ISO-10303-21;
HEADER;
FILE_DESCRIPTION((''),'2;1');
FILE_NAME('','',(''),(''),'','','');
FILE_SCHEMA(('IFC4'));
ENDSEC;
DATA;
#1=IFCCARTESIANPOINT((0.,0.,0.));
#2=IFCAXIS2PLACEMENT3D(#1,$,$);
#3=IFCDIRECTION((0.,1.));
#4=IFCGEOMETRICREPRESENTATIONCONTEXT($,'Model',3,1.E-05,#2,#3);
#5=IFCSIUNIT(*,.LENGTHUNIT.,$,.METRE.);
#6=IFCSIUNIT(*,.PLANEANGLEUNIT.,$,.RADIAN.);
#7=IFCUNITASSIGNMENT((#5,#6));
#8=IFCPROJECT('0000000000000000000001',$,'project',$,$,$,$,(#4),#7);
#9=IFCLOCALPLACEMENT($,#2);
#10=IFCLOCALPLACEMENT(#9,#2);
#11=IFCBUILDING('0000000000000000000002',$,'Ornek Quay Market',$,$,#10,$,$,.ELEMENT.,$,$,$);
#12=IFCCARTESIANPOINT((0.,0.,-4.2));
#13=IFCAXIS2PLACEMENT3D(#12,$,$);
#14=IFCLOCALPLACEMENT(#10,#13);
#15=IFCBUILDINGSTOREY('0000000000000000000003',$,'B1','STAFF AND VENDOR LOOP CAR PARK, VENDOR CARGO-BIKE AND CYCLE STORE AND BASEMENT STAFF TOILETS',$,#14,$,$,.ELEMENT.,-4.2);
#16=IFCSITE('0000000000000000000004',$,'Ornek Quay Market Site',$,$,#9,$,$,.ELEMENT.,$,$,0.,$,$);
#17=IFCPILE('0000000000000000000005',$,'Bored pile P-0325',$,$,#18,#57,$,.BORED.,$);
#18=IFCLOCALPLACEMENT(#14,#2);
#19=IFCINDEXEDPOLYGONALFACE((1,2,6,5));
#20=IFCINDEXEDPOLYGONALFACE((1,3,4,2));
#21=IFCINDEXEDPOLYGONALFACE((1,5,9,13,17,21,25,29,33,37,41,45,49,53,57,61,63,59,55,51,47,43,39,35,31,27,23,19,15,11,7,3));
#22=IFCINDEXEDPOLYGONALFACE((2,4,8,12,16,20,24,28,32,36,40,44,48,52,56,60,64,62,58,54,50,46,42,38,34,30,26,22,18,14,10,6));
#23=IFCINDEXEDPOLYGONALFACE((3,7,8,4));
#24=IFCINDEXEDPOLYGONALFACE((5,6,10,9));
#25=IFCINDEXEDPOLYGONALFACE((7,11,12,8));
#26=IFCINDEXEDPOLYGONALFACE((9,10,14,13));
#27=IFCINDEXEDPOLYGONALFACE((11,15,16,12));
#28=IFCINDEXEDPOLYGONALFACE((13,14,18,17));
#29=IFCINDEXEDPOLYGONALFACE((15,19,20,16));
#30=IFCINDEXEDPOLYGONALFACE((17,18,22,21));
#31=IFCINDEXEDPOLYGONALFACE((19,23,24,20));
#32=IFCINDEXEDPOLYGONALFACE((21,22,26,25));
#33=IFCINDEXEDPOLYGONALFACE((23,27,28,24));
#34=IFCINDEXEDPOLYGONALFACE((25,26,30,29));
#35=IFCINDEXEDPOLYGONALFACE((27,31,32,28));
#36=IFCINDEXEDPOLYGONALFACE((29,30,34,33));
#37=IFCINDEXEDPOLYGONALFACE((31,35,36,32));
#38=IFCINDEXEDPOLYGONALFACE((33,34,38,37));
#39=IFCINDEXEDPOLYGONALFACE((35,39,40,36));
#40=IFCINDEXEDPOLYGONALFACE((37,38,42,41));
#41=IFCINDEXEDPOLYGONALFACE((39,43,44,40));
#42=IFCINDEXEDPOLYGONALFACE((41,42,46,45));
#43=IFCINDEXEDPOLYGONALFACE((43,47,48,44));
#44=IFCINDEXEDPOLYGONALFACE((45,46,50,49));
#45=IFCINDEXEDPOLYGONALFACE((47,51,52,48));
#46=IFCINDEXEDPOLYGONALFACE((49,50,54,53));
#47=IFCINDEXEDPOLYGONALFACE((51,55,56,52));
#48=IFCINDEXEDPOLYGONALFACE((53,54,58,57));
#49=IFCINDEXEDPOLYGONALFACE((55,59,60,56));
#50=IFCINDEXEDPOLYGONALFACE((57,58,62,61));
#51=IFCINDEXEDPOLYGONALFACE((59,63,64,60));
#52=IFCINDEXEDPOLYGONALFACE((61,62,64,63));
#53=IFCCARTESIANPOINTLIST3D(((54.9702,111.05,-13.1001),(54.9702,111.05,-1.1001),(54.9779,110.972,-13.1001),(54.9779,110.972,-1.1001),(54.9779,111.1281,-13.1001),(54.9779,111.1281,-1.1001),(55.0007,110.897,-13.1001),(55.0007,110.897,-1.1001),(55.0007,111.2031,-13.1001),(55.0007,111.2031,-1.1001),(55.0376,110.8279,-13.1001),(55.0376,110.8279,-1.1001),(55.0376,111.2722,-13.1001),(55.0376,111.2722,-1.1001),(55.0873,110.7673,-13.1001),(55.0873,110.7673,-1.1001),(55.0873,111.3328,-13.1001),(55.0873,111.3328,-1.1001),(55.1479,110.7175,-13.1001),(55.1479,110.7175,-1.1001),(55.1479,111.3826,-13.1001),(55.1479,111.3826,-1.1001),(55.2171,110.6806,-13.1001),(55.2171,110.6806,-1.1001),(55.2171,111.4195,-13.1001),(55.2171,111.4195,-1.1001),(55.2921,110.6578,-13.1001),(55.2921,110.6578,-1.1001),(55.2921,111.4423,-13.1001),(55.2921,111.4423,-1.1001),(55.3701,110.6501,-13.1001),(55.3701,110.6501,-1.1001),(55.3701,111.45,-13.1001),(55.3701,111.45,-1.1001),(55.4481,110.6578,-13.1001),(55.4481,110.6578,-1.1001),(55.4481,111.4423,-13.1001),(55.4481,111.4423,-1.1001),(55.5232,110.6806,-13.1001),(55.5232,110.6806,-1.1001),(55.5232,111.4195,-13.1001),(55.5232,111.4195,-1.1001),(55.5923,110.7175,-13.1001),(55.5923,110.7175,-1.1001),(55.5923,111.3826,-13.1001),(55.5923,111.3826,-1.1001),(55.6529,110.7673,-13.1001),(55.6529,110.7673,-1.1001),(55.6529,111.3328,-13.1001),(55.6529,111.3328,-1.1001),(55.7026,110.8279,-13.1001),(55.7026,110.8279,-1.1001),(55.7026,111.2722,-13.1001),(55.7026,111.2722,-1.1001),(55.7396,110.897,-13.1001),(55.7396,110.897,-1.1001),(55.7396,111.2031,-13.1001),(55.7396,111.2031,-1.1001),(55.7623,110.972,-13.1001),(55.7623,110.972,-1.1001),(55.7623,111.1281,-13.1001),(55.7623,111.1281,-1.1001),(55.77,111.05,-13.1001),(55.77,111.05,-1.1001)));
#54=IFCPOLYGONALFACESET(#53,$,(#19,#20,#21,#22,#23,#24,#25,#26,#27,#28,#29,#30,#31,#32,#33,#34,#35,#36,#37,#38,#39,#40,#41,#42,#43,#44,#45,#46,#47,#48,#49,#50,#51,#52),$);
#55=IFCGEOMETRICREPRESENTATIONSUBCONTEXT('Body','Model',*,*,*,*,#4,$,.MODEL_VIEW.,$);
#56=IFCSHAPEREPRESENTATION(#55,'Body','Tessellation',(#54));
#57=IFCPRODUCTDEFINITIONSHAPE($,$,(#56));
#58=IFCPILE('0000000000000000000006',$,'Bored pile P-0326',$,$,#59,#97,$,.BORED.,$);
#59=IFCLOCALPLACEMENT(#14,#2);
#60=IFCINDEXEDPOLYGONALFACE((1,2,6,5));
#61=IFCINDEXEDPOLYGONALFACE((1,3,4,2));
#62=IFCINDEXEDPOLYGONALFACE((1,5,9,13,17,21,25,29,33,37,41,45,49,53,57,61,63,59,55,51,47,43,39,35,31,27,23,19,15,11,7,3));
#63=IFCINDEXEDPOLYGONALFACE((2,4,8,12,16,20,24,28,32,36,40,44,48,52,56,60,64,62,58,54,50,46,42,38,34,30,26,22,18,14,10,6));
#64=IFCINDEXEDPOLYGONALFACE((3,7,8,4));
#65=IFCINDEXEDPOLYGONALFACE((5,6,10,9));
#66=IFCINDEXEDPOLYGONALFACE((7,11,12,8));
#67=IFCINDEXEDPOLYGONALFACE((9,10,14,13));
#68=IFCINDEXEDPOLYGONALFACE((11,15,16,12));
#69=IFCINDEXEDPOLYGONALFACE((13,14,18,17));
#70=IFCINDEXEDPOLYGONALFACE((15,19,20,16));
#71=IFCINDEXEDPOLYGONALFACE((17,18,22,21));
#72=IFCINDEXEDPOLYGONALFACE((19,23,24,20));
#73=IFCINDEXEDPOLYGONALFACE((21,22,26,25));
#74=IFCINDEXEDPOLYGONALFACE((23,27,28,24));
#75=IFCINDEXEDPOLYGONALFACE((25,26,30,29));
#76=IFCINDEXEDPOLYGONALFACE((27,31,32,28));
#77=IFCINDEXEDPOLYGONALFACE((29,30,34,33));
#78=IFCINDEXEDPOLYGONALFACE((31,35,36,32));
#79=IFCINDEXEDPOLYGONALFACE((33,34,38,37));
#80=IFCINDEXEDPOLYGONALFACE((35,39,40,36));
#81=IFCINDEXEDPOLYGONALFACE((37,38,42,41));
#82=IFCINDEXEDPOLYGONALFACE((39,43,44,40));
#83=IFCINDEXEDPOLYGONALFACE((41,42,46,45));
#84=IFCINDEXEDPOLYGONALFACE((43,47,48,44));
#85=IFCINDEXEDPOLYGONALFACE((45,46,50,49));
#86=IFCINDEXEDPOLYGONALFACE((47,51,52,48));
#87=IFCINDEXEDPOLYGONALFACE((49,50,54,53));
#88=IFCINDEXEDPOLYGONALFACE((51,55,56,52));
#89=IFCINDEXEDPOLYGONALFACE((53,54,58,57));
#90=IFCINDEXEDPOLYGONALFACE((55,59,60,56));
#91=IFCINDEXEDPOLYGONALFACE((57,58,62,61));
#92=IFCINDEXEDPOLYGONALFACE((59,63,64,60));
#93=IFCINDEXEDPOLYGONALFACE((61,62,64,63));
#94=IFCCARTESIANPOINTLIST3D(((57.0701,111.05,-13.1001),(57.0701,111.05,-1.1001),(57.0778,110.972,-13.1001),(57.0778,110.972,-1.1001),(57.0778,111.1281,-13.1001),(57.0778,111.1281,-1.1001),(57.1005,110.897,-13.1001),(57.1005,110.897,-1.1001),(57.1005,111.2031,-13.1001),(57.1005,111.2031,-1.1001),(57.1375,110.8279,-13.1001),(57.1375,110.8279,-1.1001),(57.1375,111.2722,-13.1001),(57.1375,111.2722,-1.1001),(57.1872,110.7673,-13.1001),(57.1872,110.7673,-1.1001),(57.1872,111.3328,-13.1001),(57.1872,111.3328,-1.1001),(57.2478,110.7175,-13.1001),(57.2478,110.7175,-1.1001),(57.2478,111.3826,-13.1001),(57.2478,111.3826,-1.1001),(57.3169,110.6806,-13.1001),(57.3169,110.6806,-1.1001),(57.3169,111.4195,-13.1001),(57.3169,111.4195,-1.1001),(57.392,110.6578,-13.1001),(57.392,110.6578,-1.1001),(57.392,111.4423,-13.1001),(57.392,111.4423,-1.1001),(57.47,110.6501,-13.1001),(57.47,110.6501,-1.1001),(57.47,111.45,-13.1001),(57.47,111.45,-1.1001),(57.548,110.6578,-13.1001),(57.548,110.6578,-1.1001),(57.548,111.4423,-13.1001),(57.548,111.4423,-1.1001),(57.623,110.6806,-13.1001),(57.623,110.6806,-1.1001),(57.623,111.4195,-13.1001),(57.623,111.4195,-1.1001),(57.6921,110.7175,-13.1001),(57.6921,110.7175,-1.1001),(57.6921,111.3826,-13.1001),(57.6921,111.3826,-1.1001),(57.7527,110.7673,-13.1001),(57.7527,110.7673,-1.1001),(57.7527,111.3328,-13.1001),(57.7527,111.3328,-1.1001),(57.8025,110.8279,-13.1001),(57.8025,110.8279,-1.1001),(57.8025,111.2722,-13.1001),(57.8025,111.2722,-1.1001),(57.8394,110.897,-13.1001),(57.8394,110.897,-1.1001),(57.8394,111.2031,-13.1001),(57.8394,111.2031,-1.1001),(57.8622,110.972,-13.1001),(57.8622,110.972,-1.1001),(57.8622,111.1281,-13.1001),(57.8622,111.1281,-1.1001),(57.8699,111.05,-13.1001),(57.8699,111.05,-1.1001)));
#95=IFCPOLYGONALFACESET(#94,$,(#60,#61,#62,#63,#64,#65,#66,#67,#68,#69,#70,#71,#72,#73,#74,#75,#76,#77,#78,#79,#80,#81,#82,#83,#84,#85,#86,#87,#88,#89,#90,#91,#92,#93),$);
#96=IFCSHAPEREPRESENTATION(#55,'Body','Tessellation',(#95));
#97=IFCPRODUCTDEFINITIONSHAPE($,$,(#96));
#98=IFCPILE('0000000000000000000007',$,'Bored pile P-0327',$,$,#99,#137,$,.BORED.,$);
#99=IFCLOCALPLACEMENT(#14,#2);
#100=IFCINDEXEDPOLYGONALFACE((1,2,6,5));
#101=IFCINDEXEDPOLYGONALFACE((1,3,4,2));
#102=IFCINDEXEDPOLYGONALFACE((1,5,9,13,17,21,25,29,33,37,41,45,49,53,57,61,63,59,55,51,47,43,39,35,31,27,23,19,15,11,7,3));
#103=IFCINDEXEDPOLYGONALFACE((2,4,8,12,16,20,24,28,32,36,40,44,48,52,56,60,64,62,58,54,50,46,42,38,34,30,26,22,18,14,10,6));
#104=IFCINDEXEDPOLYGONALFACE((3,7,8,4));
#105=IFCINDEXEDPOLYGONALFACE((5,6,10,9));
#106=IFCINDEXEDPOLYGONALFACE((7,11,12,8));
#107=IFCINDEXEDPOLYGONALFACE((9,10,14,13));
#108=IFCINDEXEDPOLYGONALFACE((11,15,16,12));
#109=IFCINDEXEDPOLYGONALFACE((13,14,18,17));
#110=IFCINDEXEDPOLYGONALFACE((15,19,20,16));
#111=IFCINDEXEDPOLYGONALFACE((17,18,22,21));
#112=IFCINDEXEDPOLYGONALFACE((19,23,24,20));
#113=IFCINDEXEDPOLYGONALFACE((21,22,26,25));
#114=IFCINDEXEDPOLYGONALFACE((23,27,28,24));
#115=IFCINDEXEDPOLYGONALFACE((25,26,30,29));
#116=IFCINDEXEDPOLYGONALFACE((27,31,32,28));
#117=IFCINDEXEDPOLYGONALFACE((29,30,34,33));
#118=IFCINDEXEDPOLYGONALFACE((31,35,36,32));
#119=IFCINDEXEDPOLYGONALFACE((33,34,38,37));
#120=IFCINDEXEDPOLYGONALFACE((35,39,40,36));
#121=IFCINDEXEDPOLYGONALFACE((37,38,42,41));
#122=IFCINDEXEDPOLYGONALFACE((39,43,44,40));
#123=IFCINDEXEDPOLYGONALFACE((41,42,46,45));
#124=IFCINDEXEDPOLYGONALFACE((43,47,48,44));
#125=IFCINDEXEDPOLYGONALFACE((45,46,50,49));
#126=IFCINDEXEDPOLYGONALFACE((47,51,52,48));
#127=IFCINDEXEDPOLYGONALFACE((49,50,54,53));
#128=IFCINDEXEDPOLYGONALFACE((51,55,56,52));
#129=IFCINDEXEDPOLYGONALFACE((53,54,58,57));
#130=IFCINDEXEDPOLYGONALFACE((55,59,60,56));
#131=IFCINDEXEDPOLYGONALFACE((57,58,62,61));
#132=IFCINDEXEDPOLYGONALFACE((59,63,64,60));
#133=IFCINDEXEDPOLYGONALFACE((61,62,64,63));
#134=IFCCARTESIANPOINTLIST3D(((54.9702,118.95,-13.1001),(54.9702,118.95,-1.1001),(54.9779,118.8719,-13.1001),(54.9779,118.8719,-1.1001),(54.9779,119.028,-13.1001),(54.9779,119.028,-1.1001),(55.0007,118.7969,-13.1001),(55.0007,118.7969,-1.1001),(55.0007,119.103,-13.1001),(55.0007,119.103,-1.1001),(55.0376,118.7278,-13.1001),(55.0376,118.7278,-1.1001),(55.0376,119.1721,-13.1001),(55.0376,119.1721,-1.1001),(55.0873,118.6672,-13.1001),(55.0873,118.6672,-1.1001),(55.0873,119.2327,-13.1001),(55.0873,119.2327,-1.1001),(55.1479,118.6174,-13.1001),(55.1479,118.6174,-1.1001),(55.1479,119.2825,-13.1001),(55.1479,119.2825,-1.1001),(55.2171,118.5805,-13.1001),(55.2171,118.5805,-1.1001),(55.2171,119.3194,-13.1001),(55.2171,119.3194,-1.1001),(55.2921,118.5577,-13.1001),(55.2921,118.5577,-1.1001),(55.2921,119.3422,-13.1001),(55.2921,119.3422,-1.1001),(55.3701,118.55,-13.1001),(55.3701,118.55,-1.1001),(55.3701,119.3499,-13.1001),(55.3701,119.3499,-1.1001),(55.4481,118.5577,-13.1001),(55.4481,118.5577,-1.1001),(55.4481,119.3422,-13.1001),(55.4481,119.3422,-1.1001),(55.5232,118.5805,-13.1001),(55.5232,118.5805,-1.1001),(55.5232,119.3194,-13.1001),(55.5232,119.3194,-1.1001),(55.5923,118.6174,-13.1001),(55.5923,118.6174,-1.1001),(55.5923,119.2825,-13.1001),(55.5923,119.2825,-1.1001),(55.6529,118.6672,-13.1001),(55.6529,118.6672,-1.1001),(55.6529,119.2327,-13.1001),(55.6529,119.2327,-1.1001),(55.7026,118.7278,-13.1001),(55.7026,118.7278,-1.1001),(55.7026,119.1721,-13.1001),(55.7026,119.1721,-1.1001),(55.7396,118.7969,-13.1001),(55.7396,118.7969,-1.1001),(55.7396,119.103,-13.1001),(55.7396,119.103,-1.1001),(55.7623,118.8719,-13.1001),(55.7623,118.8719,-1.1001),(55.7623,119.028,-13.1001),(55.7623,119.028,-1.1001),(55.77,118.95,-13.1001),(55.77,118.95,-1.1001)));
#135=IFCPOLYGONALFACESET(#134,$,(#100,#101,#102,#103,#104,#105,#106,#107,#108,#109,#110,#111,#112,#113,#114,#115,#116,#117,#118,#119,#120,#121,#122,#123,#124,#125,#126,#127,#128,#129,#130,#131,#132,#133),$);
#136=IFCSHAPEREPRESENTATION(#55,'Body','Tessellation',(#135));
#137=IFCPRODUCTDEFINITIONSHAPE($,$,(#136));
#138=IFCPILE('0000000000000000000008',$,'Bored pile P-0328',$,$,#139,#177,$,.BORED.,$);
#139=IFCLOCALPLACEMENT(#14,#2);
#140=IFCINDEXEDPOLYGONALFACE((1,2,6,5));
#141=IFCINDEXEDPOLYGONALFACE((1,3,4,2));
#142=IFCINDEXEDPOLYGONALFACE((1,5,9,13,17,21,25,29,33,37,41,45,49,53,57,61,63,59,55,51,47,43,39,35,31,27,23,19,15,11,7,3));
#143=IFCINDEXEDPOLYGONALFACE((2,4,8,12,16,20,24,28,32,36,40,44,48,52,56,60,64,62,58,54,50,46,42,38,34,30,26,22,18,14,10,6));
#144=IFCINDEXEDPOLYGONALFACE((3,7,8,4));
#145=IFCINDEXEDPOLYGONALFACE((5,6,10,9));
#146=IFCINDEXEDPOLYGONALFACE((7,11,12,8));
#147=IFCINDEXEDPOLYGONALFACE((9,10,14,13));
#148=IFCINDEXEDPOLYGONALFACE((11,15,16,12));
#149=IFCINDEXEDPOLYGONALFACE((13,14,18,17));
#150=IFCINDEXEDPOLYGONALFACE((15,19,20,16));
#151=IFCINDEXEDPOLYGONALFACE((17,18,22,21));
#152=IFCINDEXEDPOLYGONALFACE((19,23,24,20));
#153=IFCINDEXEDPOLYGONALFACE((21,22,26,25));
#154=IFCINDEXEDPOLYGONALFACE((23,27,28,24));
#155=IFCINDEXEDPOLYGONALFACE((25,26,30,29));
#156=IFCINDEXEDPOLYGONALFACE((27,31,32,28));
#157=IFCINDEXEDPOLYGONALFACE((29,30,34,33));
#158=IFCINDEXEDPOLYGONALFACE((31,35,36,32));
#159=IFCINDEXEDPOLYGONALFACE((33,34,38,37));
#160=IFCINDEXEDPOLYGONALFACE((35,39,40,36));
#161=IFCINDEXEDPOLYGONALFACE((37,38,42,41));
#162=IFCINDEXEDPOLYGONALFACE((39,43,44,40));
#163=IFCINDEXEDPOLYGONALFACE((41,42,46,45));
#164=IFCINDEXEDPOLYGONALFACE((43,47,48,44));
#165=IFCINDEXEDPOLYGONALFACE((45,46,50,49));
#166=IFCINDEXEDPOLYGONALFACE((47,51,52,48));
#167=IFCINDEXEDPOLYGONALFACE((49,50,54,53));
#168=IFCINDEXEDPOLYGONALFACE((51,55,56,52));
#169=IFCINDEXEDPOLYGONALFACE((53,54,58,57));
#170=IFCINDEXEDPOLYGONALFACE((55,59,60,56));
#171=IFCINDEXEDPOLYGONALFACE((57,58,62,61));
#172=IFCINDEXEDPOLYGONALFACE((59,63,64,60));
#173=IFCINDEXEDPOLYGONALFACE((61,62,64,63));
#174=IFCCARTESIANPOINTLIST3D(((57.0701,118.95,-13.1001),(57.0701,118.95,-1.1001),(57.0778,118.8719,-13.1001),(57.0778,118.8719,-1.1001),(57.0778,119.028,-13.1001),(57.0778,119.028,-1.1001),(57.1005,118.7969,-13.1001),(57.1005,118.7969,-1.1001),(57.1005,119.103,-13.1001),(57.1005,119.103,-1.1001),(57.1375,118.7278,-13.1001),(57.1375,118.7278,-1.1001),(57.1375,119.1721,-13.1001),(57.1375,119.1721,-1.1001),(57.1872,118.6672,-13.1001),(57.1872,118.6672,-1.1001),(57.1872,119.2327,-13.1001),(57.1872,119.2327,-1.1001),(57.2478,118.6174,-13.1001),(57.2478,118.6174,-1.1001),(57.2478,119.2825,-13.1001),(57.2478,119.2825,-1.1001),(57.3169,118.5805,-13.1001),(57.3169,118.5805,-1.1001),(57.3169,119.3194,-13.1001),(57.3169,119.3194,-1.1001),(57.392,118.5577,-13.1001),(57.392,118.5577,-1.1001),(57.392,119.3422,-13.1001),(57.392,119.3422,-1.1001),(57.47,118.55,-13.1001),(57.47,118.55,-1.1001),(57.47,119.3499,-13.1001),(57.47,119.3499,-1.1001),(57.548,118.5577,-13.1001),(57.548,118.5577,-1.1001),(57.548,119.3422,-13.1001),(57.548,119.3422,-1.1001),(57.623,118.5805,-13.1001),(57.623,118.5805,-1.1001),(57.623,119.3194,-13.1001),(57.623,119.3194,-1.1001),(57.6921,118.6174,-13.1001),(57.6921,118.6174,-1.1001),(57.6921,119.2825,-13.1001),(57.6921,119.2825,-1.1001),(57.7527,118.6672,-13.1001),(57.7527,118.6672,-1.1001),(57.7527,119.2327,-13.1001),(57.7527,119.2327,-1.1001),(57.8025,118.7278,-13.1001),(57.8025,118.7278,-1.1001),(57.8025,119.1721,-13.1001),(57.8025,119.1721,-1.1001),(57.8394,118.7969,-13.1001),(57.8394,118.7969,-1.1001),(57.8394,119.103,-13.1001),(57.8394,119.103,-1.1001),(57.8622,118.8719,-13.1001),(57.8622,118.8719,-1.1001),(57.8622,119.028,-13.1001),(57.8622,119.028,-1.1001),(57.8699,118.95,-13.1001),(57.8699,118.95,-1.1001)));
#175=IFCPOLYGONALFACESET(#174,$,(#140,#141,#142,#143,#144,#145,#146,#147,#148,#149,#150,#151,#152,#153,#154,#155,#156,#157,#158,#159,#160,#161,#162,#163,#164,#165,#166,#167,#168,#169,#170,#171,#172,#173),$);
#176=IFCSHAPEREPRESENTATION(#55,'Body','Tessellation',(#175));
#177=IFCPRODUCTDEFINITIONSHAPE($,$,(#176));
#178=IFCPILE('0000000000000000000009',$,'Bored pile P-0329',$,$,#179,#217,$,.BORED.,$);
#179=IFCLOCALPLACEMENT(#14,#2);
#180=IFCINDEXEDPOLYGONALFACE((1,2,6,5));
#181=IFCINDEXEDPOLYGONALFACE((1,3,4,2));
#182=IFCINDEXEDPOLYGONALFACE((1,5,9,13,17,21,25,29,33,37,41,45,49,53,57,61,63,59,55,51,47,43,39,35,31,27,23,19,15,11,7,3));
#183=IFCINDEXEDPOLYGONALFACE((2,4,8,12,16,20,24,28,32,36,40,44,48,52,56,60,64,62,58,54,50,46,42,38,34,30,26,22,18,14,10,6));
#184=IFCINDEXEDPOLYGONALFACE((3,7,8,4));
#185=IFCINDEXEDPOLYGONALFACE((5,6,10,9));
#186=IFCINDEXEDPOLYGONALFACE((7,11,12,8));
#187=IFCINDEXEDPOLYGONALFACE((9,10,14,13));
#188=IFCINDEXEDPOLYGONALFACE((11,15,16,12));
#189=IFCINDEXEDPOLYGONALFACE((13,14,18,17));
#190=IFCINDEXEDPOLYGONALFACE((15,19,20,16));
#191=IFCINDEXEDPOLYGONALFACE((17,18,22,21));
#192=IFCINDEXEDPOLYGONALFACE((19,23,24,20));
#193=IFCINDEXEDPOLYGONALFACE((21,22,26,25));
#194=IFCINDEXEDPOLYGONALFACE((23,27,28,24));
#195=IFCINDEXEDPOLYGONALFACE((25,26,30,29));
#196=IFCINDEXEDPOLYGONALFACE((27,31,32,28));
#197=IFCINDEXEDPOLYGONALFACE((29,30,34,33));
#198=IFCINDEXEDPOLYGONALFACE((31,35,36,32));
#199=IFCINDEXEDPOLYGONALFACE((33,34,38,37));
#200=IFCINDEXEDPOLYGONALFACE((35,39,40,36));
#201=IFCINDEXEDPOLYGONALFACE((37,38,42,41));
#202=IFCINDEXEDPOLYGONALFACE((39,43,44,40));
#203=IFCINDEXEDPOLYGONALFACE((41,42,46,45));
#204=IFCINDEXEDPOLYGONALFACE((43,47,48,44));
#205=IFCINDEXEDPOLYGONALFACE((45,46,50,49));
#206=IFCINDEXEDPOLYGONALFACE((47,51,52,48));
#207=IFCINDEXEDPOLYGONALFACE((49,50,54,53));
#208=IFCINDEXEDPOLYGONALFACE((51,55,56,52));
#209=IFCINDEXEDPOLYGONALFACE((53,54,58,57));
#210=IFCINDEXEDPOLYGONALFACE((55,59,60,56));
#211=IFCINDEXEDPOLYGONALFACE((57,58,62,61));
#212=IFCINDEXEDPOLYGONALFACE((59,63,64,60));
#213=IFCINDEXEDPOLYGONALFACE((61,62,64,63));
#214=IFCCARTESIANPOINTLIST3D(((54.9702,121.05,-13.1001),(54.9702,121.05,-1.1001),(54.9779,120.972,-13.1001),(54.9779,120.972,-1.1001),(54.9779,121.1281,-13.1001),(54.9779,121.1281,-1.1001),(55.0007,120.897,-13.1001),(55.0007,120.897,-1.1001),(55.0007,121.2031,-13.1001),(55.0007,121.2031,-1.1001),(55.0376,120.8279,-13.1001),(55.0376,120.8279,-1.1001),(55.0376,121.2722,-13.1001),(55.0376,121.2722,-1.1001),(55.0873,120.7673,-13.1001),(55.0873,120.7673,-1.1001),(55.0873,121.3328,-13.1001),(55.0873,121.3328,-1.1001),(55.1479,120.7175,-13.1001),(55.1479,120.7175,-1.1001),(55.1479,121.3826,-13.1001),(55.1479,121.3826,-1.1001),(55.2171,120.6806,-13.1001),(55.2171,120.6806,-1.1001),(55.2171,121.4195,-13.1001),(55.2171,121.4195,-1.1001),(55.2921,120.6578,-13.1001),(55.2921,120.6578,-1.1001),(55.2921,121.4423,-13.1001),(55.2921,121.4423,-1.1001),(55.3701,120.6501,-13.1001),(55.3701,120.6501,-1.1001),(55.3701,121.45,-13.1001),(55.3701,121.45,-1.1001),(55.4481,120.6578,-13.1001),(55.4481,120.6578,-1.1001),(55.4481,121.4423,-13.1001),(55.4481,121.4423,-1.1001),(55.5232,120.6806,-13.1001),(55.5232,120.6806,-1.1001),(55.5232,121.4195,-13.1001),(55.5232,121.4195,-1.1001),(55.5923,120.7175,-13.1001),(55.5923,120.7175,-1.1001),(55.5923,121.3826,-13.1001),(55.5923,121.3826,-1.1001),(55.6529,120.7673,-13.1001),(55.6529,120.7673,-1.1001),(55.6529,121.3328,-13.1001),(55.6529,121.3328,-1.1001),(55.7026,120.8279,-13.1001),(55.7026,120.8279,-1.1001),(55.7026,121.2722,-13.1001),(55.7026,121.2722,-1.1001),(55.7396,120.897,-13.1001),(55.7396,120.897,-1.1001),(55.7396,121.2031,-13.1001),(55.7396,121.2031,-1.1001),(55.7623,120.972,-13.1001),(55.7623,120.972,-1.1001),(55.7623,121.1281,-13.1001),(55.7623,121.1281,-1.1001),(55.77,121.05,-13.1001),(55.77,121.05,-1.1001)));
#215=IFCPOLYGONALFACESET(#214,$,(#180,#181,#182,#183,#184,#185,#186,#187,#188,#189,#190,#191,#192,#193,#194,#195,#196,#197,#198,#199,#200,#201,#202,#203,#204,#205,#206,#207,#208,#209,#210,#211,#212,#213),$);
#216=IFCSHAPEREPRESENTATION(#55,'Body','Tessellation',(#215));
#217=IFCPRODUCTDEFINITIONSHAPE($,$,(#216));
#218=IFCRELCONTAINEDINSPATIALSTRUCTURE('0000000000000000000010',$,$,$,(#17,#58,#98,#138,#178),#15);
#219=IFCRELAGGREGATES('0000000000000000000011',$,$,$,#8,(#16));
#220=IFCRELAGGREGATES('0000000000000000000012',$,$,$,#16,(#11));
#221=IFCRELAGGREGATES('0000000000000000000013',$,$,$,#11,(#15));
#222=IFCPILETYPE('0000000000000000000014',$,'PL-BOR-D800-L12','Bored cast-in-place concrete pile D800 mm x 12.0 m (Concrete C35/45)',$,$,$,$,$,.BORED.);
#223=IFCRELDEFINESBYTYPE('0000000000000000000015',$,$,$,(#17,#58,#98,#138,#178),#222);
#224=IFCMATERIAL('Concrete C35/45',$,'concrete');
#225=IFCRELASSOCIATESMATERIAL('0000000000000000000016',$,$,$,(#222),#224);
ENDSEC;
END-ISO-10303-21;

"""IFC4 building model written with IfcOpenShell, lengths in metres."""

from ifc_helpers import new_model, si_unit, direction, frame, origin, origin_2d, place, context, subcontext, project, spatial, circle, extrude, material, material_profile, profile_set, type_object, element, save


model = new_model("IFC4")

# Units and contexts
model_context = context("Model", 3, precision=1e-05, world=origin(), true_north=direction((0.0, 1.0)))
body_context = subcontext(model_context, "Body", "Model", "MODEL_VIEW")
ifc_project = project(units=[si_unit("LENGTHUNIT", "METRE"), si_unit("PLANEANGLEUNIT", "RADIAN")], contexts=[model_context])

# Site, building, storey
site_placement = place(None, origin())
site = spatial("IfcSite", under=ifc_project, at=site_placement, Name="Ornek Quay Market Site", CompositionType="ELEMENT", RefElevation=0.0)
building_placement = place(site_placement, origin())
building = spatial("IfcBuilding", under=site, at=building_placement, Name="Ornek Quay Market", CompositionType="ELEMENT")
storey_placement = place(building_placement, frame((0.0, 0.0, -4.2)))
storey = spatial("IfcBuildingStorey", under=building, at=storey_placement, Name="B1", Description="STAFF AND VENDOR LOOP CAR PARK, VENDOR CARGO-BIKE AND CYCLE STORE AND BASEMENT STAFF TOILETS", CompositionType="ELEMENT", Elevation=-4.2)

# Piles
ifc_material_1 = material(Name="Concrete C35/45", Category="concrete")
ifc_material_profile_1 = material_profile(ifc_material_1, circle(Radius=0.3999, at=origin_2d()), Name="PILE D800", Category="concrete")
ifc_profile_set_1 = profile_set([ifc_material_profile_1], Name="Concrete C35/45")
pile_type_1 = type_object("IfcPileType", Name="PL-BOR-D800-L12", Description="Bored cast-in-place concrete pile D800 mm x 12.0 m (Concrete C35/45)", PredefinedType="BORED", material=ifc_profile_set_1)
for number, where, z_axis, x_axis, name in (
    (1, (55.3701, 111.05, -1.1001), (0.0, 0.0, -1.0), (1.0, 0.0, 0.0), "Bored pile P-0325"),
    (2, (57.47, 111.05, -1.1001), (0.0, 0.0, -1.0), (1.0, 0.0, 0.0), "Bored pile P-0326"),
    (3, (55.3701, 118.95, -1.1001), (0.0, 0.0, -1.0), (1.0, 0.0, 0.0), "Bored pile P-0327"),
    (4, (57.47, 118.95, -1.1001), (0.0, 0.0, -1.0), (1.0, 0.0, 0.0), "Bored pile P-0328"),
    (5, (55.3701, 121.05, -1.1001), (0.0, 0.0, -1.0), (1.0, 0.0, 0.0), "Bored pile P-0329"),
):
    element("IfcPile", number, at=place(storey_placement, frame(where, z_axis=z_axis, x_axis=x_axis)), inside=storey, type_object=pile_type_1, Name=name, PredefinedType="BORED", context=body_context, shape_type="SweptSolid", body=[
        extrude(circle(Radius=0.3999, at=origin_2d()), origin(), (0.0, 0.0, 1.0), 12.0),
    ])

save(model, "model.ifc")
